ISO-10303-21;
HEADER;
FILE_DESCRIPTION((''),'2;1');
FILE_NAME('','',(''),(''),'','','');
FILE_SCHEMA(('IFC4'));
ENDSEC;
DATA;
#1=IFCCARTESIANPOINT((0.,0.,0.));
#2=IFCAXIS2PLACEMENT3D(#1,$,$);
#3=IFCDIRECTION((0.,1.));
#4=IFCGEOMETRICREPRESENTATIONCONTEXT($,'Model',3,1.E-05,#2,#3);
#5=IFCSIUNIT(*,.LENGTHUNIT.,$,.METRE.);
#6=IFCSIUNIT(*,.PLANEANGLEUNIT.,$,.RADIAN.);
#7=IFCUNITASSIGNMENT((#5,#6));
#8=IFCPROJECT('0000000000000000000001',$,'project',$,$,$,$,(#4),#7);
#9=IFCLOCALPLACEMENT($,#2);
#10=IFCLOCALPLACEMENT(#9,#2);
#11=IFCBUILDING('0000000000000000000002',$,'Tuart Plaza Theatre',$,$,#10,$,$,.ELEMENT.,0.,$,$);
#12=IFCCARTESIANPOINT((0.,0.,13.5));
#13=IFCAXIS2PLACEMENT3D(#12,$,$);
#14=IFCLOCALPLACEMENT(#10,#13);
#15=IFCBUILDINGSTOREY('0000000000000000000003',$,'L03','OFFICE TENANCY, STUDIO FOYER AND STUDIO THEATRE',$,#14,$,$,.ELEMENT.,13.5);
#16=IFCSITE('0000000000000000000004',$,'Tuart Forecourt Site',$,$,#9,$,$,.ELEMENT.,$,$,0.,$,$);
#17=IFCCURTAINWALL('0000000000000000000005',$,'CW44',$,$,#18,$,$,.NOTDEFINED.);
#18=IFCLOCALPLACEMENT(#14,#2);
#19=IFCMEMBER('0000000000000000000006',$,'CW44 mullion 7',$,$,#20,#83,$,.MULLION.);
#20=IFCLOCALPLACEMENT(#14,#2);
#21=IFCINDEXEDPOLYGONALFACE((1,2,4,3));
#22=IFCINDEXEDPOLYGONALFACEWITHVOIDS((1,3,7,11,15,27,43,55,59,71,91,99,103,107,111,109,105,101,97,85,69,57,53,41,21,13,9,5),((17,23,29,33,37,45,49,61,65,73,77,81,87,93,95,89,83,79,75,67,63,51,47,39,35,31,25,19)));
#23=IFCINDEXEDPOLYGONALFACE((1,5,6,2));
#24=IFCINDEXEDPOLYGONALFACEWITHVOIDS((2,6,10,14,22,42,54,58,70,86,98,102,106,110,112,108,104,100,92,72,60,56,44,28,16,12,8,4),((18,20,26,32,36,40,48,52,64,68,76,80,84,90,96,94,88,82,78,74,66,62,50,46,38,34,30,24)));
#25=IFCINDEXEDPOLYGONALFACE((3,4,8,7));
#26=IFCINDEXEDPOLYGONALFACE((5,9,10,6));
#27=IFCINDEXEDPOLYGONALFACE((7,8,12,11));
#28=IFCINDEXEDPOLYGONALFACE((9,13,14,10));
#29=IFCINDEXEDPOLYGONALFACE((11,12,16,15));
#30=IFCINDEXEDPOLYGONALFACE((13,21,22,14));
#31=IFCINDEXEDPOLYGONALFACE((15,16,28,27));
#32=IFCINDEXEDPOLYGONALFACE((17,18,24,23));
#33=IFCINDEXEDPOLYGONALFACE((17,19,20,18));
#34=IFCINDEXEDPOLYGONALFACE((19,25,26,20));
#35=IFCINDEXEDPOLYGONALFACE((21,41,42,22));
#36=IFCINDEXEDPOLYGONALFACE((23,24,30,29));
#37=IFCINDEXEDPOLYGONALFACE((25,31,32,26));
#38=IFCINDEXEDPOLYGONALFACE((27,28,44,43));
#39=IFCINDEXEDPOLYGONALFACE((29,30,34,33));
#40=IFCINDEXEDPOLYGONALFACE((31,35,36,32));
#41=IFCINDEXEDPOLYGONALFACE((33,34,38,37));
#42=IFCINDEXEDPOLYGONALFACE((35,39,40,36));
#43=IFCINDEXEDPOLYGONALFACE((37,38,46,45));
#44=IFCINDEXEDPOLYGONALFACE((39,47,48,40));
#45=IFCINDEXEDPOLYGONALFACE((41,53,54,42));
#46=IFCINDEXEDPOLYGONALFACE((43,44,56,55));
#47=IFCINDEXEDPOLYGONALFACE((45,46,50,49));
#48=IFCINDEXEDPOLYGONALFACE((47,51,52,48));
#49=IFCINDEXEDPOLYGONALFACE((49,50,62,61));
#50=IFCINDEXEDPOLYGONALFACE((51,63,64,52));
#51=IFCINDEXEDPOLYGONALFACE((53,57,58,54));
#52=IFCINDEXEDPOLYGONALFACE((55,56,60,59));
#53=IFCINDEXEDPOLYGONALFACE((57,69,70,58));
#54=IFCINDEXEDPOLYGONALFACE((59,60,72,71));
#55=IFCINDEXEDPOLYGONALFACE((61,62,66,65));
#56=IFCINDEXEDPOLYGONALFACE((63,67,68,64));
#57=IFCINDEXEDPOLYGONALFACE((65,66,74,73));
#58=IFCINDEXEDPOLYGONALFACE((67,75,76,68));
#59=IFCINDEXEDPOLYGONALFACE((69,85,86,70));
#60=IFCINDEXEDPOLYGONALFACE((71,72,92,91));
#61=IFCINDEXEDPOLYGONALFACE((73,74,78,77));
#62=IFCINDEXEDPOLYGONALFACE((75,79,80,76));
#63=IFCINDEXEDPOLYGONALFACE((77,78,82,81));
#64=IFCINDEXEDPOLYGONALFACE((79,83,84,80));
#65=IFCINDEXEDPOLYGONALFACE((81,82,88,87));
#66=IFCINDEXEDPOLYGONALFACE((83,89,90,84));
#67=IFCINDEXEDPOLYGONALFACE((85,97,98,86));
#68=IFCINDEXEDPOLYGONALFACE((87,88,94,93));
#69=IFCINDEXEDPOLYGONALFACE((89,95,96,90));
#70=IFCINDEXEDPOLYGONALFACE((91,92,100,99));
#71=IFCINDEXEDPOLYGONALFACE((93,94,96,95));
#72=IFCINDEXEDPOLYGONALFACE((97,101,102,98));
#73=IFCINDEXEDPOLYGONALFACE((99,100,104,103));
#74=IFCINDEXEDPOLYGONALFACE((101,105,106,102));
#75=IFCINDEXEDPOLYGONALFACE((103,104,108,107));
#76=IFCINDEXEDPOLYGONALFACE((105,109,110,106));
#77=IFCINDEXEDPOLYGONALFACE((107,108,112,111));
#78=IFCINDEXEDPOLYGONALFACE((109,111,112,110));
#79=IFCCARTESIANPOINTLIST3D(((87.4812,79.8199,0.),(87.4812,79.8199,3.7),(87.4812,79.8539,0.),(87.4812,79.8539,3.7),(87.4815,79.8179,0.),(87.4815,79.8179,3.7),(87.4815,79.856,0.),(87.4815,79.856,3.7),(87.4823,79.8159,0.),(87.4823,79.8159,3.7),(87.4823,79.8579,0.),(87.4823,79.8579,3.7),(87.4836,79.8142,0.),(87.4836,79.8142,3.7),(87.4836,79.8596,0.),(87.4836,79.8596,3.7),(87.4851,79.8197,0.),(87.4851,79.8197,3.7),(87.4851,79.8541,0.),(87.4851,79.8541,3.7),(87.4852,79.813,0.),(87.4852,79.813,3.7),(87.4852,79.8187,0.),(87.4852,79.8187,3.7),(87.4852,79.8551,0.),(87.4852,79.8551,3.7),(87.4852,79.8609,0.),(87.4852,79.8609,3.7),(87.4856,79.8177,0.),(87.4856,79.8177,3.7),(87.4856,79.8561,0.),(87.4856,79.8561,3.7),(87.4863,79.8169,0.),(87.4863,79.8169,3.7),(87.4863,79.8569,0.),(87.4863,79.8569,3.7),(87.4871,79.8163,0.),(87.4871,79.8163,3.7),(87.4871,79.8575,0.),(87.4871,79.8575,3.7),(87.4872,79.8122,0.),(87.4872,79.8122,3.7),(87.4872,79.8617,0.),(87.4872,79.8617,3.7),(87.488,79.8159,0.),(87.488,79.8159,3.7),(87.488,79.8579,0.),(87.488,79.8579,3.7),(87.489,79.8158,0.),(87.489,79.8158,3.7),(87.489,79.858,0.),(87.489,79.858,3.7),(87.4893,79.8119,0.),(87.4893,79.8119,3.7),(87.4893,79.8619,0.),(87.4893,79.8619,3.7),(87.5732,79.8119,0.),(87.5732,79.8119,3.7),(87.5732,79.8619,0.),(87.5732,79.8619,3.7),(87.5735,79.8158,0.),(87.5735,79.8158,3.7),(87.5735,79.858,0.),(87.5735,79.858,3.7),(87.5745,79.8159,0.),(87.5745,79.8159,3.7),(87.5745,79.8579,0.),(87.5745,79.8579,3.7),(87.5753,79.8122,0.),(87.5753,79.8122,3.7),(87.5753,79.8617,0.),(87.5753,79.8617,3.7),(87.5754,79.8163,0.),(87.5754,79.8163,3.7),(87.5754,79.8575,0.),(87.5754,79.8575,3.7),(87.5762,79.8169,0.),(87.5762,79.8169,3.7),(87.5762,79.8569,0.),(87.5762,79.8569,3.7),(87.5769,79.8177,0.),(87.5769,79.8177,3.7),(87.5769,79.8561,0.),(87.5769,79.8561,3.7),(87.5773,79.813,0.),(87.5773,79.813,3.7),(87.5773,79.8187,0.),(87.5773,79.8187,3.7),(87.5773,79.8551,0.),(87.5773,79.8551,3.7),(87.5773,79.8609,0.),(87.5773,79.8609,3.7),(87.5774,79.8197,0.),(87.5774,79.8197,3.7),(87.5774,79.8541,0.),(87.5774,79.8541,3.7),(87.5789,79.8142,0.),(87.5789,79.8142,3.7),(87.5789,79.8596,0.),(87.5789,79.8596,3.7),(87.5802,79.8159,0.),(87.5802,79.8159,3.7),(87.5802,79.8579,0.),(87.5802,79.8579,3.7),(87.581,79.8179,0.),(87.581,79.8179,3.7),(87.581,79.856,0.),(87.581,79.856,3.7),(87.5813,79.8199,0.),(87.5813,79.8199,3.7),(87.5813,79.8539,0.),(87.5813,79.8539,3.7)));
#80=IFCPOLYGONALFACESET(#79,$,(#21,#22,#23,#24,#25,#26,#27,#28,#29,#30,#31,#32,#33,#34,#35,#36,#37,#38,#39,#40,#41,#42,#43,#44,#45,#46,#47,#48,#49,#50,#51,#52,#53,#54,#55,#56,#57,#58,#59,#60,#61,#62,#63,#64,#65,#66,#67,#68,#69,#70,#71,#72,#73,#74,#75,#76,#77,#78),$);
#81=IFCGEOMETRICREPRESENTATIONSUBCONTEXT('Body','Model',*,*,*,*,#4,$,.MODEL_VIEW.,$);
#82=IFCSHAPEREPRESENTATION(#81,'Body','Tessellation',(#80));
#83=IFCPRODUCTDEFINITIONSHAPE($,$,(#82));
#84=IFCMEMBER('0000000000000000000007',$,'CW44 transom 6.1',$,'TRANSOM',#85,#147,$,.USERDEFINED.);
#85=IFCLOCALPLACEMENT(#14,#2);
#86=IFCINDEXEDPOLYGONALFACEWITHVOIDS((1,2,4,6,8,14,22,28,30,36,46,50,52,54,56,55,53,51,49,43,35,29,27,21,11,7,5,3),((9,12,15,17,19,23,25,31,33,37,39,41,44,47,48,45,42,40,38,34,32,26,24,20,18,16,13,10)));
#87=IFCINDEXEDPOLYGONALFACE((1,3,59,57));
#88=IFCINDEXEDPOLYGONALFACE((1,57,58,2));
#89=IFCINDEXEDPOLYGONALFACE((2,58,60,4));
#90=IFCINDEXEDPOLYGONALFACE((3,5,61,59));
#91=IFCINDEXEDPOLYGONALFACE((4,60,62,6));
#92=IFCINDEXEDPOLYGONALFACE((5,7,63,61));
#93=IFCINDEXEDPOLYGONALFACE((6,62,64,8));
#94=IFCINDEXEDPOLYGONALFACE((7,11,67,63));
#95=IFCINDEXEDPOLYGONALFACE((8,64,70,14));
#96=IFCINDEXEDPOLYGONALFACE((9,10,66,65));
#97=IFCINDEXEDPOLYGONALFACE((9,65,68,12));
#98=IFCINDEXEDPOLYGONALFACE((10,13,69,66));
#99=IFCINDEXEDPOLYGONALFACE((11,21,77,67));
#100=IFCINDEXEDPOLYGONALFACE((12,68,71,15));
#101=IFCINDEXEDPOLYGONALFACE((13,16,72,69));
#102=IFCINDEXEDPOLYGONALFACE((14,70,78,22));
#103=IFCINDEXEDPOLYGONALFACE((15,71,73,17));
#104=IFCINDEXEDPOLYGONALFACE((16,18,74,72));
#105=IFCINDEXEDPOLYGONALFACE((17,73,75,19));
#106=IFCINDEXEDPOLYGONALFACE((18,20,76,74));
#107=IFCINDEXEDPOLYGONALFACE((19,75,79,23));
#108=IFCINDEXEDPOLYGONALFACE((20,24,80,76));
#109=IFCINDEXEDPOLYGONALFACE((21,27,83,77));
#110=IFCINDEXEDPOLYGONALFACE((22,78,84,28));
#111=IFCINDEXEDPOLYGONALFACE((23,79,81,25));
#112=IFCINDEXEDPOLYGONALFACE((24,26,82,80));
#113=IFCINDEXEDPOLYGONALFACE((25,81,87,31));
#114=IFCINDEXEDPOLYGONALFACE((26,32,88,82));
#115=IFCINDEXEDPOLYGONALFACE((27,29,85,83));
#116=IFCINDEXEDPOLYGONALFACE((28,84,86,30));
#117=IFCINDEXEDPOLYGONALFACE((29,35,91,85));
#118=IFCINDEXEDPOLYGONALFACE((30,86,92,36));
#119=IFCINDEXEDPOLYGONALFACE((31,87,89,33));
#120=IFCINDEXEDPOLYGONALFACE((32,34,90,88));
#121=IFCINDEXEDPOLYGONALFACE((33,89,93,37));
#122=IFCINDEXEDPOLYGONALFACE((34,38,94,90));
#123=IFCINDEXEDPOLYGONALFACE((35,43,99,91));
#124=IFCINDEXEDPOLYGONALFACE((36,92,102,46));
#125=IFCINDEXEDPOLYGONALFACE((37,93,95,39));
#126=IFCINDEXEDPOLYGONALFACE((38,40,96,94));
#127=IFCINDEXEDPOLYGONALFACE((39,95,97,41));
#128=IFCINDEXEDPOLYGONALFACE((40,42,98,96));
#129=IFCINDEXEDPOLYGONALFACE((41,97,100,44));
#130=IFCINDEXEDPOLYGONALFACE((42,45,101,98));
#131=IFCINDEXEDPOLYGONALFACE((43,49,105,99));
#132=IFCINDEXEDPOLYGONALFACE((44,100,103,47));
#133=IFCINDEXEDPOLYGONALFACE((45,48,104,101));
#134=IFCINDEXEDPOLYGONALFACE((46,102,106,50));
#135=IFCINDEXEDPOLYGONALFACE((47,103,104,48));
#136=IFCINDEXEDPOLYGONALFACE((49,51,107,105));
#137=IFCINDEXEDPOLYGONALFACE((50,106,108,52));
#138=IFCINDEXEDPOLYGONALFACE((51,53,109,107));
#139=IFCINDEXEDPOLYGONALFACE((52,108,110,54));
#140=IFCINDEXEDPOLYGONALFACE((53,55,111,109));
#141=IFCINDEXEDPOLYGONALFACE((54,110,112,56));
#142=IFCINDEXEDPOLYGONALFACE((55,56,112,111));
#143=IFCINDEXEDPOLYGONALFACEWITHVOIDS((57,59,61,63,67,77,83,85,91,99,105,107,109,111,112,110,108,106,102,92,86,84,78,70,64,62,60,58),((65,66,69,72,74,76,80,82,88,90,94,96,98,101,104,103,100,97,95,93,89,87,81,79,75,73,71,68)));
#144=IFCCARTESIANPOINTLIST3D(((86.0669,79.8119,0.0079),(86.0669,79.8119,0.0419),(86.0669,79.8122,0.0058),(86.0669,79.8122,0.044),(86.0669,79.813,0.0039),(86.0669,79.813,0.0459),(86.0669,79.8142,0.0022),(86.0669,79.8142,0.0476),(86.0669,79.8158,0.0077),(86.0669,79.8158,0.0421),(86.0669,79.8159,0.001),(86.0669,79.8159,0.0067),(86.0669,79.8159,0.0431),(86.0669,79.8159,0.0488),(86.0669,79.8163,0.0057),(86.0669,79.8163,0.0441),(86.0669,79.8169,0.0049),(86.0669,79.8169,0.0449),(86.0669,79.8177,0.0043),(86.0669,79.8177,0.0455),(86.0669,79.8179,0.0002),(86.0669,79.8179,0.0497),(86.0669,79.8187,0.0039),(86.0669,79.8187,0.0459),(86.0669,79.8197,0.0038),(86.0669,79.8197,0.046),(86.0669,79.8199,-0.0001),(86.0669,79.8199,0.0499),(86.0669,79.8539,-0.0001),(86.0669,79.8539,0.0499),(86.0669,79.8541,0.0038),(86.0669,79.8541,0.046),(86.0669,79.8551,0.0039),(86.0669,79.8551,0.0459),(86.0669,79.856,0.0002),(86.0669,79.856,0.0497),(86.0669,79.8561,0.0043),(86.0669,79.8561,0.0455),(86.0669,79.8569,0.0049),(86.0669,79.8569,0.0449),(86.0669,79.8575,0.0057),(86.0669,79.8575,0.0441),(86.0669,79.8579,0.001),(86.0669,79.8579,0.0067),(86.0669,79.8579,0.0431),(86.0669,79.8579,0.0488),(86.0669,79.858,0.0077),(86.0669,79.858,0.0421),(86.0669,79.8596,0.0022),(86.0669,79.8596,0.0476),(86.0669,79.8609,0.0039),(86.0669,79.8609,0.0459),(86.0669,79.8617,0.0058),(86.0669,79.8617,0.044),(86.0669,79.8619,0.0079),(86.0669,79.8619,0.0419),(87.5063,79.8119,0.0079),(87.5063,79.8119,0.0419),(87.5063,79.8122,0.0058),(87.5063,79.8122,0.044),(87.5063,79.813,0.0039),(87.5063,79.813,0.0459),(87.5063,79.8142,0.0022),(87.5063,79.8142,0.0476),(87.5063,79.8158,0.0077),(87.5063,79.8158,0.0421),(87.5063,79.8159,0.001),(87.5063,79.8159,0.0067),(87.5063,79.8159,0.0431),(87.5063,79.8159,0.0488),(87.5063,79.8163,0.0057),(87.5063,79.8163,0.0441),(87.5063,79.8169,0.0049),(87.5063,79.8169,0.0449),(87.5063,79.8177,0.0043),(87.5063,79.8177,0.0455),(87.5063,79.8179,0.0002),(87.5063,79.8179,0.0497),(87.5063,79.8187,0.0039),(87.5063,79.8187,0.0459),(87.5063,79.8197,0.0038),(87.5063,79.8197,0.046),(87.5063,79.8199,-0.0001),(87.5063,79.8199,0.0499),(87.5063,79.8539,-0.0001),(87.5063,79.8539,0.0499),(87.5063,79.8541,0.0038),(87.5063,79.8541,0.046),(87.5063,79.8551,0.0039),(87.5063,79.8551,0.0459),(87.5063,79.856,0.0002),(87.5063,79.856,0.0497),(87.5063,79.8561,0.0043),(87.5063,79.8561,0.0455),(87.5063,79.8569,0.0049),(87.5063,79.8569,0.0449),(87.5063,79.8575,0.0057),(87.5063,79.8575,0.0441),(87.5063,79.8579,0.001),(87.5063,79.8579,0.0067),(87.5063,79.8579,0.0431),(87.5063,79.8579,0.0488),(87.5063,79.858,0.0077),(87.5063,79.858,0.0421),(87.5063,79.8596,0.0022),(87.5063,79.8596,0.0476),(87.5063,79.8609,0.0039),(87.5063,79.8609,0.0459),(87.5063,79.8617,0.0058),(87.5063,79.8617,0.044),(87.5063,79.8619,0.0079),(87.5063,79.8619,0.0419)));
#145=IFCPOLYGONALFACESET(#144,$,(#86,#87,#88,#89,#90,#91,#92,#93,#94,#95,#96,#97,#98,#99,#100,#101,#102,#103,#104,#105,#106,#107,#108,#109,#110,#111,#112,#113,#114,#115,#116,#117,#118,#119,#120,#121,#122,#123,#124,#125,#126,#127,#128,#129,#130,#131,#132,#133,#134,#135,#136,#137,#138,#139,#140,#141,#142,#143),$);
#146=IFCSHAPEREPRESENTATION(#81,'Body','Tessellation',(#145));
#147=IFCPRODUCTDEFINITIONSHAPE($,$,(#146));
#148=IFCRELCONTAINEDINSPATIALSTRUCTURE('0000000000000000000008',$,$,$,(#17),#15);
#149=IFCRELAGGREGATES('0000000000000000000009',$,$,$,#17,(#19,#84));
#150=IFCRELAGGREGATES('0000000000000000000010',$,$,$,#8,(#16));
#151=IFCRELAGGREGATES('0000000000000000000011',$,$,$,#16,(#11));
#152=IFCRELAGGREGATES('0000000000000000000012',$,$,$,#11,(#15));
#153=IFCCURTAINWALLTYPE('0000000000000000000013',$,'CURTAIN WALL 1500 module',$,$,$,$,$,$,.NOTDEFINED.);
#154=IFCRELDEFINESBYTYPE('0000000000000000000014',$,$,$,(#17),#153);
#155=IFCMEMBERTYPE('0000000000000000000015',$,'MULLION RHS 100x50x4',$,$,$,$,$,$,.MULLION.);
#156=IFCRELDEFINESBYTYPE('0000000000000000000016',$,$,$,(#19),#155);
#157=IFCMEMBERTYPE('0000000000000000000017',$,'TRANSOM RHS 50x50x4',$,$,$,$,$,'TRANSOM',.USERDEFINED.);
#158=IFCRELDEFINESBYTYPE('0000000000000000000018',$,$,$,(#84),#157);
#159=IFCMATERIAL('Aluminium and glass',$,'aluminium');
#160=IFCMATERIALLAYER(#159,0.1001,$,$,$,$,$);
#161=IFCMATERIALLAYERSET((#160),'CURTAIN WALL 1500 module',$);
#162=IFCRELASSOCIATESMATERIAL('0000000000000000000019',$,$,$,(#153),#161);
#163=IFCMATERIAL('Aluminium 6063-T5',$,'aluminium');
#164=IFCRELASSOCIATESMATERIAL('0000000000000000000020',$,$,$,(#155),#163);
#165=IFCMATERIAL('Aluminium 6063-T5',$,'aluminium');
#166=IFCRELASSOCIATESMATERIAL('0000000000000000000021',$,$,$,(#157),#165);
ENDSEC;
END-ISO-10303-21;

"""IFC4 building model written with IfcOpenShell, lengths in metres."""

from ifc_helpers import new_model, si_unit, direction, frame, origin, origin_2d, place, context, subcontext, project, spatial, hollow_rectangle, extrude, material, layer, layer_set, material_profile, profile_set, type_object, element, aggregate, save


model = new_model("IFC4")

# Units and contexts
model_context = context("Model", 3, precision=1e-05, world=origin(), true_north=direction((0.0, 1.0)))
body_context = subcontext(model_context, "Body", "Model", "MODEL_VIEW")
ifc_project = project(units=[si_unit("LENGTHUNIT", "METRE"), si_unit("PLANEANGLEUNIT", "RADIAN")], contexts=[model_context])

# Site, building, storey
site_placement = place(None, origin())
site = spatial("IfcSite", under=ifc_project, at=site_placement, Name="Tuart Forecourt Site", CompositionType="ELEMENT", RefElevation=0.0)
building_placement = place(site_placement, origin())
building = spatial("IfcBuilding", under=site, at=building_placement, Name="Tuart Plaza Theatre", CompositionType="ELEMENT", ElevationOfRefHeight=0.0)
storey_placement = place(building_placement, frame((0.0, 0.0, 13.5)))
storey = spatial("IfcBuildingStorey", under=building, at=storey_placement, Name="L03", Description="OFFICE TENANCY, STUDIO FOYER AND STUDIO THEATRE", CompositionType="ELEMENT", Elevation=13.5)

# Curtain wall, members
ifc_material_1 = material(Name="Aluminium and glass", Category="aluminium")
ifc_layer_1 = layer(ifc_material_1, 0.1001)
ifc_layer_set_1 = layer_set([ifc_layer_1], Name="CURTAIN WALL 1500 module")
curtain_wall_type = type_object("IfcCurtainWallType", Name="CURTAIN WALL 1500 module", PredefinedType="NOTDEFINED", material=ifc_layer_set_1)
curtain_wall_placement = place(storey_placement, origin())
curtain_wall = element("IfcCurtainWall", 1, at=curtain_wall_placement, inside=storey, type_object=curtain_wall_type, Name="CW44", PredefinedType="NOTDEFINED")
ifc_material_2 = material(Name="Aluminium 6063-T5", Category="aluminium")
ifc_material_profile_1 = material_profile(ifc_material_2, hollow_rectangle(XDim=0.05, YDim=0.1001, WallThickness=0.0039, InnerFilletRadius=0.0039, OuterFilletRadius=0.0081, at=origin_2d()), Name="RHS 100x50x4")
ifc_profile_set_1 = profile_set([ifc_material_profile_1], Name="Aluminium 6063-T5")
member_type_1 = type_object("IfcMemberType", Name="MULLION RHS 100x50x4", PredefinedType="MULLION", material=ifc_profile_set_1)
member_1_placement = place(storey_placement, frame((87.5312, 79.8369, 0.0), z_axis=(0.0, 0.0, 1.0), x_axis=(0.0, 1.0, 0.0)))
member_1 = element("IfcMember", 2, at=member_1_placement, type_object=member_type_1, Name="CW44 mullion 7", PredefinedType="MULLION", context=body_context, shape_type="SweptSolid", body=[
    extrude(hollow_rectangle(XDim=0.05, YDim=0.1001, WallThickness=0.0039, InnerFilletRadius=0.0039, OuterFilletRadius=0.0081, at=origin_2d()), origin(), (0.0, 0.0, 1.0), 3.7),
])
ifc_material_3 = material(Name="Aluminium 6063-T5", Category="aluminium")
ifc_material_profile_2 = material_profile(ifc_material_3, hollow_rectangle(XDim=0.05, YDim=0.05, WallThickness=0.0039, InnerFilletRadius=0.0039, OuterFilletRadius=0.0081, at=origin_2d()), Name="RHS 50x50x4")
ifc_profile_set_2 = profile_set([ifc_material_profile_2], Name="Aluminium 6063-T5")
member_type_2 = type_object("IfcMemberType", Name="TRANSOM RHS 50x50x4", ElementType="TRANSOM", PredefinedType="USERDEFINED", material=ifc_profile_set_2)
member_2_placement = place(storey_placement, frame((86.0669, 79.8369, 0.0249), z_axis=(1.0, 0.0, 0.0), x_axis=(0.0, 1.0, 0.0)))
member_2 = element("IfcMember", 3, at=member_2_placement, type_object=member_type_2, Name="CW44 transom 6.1", ObjectType="TRANSOM", PredefinedType="USERDEFINED", context=body_context, shape_type="SweptSolid", body=[
    extrude(hollow_rectangle(XDim=0.05, YDim=0.05, WallThickness=0.0039, InnerFilletRadius=0.0039, OuterFilletRadius=0.0081, at=origin_2d()), origin(), (0.0, 0.0, 1.0), 1.4395),
])
aggregate(curtain_wall, [member_1, member_2])

save(model, "model.ifc")
